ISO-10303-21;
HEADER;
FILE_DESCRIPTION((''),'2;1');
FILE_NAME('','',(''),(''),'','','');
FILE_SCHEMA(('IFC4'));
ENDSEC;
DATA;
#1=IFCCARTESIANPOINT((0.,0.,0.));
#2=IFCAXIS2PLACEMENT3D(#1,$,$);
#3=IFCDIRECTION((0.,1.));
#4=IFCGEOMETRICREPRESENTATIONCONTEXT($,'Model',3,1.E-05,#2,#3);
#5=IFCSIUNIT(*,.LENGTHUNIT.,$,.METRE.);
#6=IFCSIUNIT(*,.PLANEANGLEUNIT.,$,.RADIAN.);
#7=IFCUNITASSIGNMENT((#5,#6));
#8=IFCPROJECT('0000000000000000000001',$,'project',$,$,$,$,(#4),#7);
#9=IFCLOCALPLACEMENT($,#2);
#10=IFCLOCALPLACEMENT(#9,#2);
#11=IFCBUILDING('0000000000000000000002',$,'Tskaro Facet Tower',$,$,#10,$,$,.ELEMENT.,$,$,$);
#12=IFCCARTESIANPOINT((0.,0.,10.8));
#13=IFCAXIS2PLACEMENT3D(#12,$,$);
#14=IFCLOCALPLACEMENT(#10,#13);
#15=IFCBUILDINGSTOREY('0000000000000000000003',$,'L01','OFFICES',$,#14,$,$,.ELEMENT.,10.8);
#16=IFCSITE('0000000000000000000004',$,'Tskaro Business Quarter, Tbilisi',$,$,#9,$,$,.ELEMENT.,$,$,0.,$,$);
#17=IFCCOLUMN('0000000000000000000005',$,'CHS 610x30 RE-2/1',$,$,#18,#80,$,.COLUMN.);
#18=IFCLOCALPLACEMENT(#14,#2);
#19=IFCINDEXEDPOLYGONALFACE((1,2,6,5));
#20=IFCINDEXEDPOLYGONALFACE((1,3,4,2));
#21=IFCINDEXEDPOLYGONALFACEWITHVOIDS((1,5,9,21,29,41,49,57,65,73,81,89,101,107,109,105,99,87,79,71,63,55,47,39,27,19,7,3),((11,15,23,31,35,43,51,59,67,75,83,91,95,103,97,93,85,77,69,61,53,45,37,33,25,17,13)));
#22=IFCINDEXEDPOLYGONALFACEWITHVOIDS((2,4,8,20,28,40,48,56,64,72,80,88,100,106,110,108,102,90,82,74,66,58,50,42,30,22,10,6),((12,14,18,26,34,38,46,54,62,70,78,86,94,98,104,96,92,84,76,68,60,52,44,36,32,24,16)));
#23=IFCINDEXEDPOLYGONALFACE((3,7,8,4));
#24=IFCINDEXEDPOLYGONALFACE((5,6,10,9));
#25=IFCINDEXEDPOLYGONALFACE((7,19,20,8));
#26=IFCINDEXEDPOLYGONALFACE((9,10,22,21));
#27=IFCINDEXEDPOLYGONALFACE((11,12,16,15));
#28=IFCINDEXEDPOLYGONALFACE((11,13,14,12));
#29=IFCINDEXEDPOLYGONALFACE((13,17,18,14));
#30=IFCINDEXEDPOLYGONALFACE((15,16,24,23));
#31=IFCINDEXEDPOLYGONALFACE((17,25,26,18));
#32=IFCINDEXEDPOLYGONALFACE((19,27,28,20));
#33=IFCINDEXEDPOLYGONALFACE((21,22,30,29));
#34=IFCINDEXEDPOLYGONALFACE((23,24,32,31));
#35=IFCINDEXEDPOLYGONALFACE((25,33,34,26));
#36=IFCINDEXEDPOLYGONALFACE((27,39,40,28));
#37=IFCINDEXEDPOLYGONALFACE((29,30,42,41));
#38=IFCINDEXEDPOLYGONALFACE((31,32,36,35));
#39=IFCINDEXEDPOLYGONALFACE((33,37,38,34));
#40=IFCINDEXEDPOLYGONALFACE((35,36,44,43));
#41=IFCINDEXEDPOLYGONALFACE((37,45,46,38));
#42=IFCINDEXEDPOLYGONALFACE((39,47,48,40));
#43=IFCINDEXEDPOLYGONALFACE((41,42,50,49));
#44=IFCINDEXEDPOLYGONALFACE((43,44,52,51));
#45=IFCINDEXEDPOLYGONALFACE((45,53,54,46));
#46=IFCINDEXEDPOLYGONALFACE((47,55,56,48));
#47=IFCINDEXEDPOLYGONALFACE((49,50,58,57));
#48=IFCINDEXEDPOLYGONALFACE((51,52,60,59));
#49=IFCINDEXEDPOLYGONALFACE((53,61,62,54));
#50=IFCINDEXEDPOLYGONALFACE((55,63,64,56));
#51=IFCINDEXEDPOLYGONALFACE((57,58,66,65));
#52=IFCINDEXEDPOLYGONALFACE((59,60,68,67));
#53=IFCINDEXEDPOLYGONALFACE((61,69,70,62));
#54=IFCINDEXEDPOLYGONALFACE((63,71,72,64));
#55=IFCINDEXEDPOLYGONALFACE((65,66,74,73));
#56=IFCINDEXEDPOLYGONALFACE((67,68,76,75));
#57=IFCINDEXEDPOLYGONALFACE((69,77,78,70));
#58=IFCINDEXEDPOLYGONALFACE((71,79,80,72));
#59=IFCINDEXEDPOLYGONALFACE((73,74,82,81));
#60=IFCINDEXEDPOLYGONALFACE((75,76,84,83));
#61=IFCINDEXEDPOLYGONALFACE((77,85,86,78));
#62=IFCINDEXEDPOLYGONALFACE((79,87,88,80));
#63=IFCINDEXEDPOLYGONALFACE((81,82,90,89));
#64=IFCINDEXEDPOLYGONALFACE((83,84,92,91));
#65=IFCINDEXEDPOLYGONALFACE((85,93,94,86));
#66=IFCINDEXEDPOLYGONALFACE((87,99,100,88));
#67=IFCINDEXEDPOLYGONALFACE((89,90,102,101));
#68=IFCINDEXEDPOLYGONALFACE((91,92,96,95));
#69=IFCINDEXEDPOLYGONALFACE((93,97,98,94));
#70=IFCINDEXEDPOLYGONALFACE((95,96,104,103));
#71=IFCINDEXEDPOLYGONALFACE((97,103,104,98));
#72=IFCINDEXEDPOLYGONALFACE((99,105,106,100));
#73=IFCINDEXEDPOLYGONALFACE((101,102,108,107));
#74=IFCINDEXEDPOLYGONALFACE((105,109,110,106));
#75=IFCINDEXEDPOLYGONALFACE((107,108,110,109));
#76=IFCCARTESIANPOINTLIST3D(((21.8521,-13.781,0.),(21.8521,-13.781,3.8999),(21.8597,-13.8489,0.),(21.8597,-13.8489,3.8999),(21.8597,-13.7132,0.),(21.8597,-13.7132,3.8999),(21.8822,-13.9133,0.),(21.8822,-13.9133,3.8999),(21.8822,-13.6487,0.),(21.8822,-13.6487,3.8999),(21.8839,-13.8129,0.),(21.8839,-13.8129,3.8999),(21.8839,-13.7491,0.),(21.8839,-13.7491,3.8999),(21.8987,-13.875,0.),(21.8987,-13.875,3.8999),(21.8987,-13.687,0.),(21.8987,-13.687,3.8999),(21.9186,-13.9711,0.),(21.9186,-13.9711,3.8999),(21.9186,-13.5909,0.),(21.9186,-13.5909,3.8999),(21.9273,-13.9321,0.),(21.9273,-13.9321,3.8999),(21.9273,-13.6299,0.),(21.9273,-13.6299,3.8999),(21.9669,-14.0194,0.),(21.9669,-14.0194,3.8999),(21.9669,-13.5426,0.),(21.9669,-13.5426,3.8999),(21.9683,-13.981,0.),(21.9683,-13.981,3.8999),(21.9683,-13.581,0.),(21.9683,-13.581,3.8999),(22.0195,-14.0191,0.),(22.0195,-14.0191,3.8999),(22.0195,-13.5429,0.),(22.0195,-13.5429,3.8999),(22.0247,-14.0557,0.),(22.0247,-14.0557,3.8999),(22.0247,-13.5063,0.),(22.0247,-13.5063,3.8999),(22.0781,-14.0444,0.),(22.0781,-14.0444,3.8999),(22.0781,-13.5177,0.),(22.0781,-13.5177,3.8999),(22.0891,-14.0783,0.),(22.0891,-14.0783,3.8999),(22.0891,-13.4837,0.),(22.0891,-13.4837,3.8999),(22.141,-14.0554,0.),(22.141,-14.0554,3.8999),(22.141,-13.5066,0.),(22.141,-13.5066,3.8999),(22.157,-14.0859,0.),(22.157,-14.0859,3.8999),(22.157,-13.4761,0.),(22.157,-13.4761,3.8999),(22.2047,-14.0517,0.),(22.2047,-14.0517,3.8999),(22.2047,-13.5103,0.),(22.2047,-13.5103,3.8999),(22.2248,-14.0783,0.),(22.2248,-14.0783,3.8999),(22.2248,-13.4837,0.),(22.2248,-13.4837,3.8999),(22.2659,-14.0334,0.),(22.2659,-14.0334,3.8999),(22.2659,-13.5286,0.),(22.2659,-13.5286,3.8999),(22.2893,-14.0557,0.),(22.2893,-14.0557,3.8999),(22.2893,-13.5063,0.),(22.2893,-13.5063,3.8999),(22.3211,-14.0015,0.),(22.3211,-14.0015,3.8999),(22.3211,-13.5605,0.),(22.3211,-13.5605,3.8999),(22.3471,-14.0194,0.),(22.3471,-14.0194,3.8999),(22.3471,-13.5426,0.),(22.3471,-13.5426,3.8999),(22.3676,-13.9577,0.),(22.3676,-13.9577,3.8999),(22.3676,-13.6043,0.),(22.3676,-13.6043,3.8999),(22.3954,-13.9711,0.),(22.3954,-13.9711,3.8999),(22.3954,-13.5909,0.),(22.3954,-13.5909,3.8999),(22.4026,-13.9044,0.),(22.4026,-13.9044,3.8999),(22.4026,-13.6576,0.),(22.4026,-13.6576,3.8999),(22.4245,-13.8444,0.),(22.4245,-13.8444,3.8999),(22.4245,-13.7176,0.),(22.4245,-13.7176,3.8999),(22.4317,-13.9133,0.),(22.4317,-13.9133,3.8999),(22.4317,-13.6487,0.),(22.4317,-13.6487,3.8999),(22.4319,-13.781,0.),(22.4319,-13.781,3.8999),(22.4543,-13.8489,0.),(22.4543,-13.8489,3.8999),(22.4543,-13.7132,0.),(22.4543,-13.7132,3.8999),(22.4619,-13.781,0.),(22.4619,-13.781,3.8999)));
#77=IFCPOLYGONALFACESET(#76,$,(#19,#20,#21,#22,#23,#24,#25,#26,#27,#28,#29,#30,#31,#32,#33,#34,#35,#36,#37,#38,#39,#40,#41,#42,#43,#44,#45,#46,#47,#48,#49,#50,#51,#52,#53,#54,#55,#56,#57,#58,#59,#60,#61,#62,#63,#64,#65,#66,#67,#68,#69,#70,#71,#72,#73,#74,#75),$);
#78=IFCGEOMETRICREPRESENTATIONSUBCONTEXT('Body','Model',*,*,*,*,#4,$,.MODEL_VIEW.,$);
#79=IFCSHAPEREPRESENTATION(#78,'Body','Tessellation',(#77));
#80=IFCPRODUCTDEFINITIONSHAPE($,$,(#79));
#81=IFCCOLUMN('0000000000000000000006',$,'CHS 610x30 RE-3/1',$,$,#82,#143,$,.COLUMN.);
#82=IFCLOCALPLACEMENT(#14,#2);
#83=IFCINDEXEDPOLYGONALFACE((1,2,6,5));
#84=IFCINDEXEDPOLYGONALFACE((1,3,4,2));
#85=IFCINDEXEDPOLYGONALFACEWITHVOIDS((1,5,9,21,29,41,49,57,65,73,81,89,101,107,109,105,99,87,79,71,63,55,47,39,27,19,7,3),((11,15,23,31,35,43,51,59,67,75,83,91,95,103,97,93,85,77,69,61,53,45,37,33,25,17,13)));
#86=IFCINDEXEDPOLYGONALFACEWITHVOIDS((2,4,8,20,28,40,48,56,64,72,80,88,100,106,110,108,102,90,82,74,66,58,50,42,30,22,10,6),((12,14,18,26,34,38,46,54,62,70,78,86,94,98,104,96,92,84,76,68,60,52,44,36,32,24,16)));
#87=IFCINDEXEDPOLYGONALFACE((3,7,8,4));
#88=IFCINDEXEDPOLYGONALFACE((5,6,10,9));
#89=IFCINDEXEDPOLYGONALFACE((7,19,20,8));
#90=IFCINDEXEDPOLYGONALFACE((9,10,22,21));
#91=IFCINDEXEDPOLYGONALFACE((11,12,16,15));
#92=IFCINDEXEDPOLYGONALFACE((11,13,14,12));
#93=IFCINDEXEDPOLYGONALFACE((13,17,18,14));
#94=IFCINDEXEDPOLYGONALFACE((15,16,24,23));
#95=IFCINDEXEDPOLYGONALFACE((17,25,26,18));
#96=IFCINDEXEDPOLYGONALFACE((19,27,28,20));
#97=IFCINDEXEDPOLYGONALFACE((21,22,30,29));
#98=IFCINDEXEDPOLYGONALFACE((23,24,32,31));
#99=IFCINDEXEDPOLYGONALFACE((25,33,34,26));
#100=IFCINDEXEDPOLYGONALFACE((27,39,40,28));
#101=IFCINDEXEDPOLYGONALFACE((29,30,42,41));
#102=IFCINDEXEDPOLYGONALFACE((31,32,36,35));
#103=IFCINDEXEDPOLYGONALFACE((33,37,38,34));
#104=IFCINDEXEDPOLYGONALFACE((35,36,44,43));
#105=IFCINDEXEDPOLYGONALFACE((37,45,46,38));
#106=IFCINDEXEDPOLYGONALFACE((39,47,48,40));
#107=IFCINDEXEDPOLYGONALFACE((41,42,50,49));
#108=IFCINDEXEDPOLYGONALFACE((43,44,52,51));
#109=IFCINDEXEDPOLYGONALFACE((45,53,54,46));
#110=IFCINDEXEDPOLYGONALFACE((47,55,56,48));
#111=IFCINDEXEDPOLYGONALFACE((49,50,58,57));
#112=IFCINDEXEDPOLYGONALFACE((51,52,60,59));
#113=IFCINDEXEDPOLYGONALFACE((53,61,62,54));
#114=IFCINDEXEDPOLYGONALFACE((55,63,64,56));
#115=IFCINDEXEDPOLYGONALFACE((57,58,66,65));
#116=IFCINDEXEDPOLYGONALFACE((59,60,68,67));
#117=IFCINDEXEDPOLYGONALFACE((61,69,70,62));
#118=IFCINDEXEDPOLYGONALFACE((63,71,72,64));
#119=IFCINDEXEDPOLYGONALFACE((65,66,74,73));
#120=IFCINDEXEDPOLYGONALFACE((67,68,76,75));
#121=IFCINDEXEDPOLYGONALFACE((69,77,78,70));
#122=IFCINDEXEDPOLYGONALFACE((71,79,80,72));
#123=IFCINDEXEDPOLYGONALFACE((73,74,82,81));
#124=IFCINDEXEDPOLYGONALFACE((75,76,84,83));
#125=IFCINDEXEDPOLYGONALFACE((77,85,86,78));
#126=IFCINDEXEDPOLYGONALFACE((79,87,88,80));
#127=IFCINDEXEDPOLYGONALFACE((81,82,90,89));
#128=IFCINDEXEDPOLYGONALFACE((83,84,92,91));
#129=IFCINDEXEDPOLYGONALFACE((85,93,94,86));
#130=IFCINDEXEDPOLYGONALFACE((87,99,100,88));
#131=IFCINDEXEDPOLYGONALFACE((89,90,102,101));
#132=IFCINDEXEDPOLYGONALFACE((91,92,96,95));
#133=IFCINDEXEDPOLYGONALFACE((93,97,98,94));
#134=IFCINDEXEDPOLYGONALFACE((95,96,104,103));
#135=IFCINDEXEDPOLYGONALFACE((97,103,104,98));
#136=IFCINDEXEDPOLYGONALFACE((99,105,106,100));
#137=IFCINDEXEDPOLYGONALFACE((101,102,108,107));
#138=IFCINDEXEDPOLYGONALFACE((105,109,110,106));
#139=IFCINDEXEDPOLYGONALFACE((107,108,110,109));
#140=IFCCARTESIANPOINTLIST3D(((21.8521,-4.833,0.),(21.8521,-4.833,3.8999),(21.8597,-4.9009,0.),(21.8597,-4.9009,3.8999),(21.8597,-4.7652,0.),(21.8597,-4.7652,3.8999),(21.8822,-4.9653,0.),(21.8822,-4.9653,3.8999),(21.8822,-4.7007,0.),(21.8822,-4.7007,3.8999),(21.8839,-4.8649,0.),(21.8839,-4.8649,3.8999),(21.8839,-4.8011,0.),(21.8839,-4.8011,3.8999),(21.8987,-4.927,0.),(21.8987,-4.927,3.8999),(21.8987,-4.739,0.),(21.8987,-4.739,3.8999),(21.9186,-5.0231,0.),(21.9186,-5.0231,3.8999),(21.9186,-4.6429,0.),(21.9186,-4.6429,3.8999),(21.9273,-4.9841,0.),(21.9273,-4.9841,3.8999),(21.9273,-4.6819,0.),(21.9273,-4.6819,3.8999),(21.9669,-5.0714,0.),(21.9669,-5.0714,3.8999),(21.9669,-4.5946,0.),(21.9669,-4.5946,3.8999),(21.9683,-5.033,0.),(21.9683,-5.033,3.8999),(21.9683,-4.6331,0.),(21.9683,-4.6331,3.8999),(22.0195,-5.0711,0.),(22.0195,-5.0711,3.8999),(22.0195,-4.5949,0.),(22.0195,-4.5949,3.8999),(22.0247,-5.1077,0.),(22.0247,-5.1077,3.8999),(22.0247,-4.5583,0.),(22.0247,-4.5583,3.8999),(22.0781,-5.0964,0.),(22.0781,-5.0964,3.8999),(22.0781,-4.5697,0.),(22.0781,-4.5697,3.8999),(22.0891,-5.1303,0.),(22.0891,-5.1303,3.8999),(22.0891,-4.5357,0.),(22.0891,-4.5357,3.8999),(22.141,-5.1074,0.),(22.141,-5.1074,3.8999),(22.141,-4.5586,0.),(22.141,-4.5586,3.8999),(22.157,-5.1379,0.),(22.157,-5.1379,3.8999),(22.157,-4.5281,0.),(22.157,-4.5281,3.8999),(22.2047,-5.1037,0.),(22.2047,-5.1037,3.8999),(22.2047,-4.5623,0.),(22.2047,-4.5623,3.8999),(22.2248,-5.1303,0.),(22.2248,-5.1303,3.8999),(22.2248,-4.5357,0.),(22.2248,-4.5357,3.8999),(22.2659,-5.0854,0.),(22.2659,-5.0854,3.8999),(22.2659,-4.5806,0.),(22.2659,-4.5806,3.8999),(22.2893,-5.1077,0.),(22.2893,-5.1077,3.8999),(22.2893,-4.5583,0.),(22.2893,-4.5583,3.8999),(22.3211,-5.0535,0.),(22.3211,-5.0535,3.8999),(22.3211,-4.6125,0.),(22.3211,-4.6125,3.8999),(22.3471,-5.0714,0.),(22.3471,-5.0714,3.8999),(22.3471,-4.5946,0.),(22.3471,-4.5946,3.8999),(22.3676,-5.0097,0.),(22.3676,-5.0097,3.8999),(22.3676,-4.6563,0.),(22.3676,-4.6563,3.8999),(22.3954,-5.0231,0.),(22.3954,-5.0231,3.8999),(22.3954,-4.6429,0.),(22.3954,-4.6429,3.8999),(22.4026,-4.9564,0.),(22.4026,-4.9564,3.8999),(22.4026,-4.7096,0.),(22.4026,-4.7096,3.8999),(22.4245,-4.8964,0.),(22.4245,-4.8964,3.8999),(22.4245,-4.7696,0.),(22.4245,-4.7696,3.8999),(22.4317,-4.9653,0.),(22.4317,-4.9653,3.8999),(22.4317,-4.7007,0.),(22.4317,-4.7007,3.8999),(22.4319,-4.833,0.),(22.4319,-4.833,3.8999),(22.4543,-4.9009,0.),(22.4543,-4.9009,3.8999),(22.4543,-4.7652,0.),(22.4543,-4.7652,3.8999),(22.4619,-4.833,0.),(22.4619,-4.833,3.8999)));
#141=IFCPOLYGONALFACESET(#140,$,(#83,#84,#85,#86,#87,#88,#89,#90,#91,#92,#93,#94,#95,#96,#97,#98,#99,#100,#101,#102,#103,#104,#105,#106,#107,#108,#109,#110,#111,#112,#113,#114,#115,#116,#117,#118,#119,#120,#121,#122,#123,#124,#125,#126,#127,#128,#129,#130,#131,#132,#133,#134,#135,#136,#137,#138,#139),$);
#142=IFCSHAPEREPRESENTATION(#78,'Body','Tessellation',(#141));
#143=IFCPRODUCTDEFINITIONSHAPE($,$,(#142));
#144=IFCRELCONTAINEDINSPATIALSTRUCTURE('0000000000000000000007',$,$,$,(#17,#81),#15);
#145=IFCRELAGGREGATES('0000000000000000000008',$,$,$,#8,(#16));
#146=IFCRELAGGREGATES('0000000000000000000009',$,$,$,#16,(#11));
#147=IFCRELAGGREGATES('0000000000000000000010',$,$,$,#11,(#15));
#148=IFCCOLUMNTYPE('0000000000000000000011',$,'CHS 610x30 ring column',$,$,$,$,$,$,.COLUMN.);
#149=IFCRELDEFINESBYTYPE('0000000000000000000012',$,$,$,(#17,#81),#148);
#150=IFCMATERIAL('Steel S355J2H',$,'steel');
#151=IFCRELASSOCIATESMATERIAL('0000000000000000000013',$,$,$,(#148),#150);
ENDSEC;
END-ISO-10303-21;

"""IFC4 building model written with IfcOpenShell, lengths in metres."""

from ifc_helpers import new_model, si_unit, direction, frame, origin, origin_2d, place, context, subcontext, project, spatial, hollow_circle, extrude, material, material_profile, profile_set, type_object, element, save


model = new_model("IFC4")

# Units and contexts
model_context = context("Model", 3, precision=1e-05, world=origin(), true_north=direction((0.0, 1.0)))
body_context = subcontext(model_context, "Body", "Model", "MODEL_VIEW")
ifc_project = project(units=[si_unit("LENGTHUNIT", "METRE"), si_unit("PLANEANGLEUNIT", "RADIAN")], contexts=[model_context])

# Site, building, storey
site_placement = place(None, origin())
site = spatial("IfcSite", under=ifc_project, at=site_placement, Name="Tskaro Business Quarter, Tbilisi", CompositionType="ELEMENT", RefElevation=0.0)
building_placement = place(site_placement, origin())
building = spatial("IfcBuilding", under=site, at=building_placement, Name="Tskaro Facet Tower", CompositionType="ELEMENT")
storey_placement = place(building_placement, frame((0.0, 0.0, 10.8)))
storey = spatial("IfcBuildingStorey", under=building, at=storey_placement, Name="L01", Description="OFFICES", CompositionType="ELEMENT", Elevation=10.8)

# Columns
ifc_material_1 = material(Name="Steel S355J2H", Category="steel")
ifc_material_profile_1 = material_profile(ifc_material_1, hollow_circle(Radius=0.3049, WallThickness=0.03, at=origin_2d()), Name="CHS 610x30")
ifc_profile_set_1 = profile_set([ifc_material_profile_1], Name="Steel S355J2H")
column_type_1 = type_object("IfcColumnType", Name="CHS 610x30 ring column", PredefinedType="COLUMN", material=ifc_profile_set_1)
for number, where, z_axis, x_axis, name in (
    (1, (22.157, -13.781, 0.0), (0.0, 0.0, 1.0), (1.0, 0.0, 0.0), "CHS 610x30 RE-2/1"),
    (2, (22.157, -4.833, 0.0), (0.0, 0.0, 1.0), (1.0, 0.0, 0.0), "CHS 610x30 RE-3/1"),
):
    element("IfcColumn", number, at=place(storey_placement, frame(where, z_axis=z_axis, x_axis=x_axis)), inside=storey, type_object=column_type_1, Name=name, PredefinedType="COLUMN", context=body_context, shape_type="SweptSolid", body=[
        extrude(hollow_circle(Radius=0.3049, WallThickness=0.03, at=origin_2d()), origin(), (0.0, 0.0, 1.0), 3.8999),
    ])

save(model, "model.ifc")
